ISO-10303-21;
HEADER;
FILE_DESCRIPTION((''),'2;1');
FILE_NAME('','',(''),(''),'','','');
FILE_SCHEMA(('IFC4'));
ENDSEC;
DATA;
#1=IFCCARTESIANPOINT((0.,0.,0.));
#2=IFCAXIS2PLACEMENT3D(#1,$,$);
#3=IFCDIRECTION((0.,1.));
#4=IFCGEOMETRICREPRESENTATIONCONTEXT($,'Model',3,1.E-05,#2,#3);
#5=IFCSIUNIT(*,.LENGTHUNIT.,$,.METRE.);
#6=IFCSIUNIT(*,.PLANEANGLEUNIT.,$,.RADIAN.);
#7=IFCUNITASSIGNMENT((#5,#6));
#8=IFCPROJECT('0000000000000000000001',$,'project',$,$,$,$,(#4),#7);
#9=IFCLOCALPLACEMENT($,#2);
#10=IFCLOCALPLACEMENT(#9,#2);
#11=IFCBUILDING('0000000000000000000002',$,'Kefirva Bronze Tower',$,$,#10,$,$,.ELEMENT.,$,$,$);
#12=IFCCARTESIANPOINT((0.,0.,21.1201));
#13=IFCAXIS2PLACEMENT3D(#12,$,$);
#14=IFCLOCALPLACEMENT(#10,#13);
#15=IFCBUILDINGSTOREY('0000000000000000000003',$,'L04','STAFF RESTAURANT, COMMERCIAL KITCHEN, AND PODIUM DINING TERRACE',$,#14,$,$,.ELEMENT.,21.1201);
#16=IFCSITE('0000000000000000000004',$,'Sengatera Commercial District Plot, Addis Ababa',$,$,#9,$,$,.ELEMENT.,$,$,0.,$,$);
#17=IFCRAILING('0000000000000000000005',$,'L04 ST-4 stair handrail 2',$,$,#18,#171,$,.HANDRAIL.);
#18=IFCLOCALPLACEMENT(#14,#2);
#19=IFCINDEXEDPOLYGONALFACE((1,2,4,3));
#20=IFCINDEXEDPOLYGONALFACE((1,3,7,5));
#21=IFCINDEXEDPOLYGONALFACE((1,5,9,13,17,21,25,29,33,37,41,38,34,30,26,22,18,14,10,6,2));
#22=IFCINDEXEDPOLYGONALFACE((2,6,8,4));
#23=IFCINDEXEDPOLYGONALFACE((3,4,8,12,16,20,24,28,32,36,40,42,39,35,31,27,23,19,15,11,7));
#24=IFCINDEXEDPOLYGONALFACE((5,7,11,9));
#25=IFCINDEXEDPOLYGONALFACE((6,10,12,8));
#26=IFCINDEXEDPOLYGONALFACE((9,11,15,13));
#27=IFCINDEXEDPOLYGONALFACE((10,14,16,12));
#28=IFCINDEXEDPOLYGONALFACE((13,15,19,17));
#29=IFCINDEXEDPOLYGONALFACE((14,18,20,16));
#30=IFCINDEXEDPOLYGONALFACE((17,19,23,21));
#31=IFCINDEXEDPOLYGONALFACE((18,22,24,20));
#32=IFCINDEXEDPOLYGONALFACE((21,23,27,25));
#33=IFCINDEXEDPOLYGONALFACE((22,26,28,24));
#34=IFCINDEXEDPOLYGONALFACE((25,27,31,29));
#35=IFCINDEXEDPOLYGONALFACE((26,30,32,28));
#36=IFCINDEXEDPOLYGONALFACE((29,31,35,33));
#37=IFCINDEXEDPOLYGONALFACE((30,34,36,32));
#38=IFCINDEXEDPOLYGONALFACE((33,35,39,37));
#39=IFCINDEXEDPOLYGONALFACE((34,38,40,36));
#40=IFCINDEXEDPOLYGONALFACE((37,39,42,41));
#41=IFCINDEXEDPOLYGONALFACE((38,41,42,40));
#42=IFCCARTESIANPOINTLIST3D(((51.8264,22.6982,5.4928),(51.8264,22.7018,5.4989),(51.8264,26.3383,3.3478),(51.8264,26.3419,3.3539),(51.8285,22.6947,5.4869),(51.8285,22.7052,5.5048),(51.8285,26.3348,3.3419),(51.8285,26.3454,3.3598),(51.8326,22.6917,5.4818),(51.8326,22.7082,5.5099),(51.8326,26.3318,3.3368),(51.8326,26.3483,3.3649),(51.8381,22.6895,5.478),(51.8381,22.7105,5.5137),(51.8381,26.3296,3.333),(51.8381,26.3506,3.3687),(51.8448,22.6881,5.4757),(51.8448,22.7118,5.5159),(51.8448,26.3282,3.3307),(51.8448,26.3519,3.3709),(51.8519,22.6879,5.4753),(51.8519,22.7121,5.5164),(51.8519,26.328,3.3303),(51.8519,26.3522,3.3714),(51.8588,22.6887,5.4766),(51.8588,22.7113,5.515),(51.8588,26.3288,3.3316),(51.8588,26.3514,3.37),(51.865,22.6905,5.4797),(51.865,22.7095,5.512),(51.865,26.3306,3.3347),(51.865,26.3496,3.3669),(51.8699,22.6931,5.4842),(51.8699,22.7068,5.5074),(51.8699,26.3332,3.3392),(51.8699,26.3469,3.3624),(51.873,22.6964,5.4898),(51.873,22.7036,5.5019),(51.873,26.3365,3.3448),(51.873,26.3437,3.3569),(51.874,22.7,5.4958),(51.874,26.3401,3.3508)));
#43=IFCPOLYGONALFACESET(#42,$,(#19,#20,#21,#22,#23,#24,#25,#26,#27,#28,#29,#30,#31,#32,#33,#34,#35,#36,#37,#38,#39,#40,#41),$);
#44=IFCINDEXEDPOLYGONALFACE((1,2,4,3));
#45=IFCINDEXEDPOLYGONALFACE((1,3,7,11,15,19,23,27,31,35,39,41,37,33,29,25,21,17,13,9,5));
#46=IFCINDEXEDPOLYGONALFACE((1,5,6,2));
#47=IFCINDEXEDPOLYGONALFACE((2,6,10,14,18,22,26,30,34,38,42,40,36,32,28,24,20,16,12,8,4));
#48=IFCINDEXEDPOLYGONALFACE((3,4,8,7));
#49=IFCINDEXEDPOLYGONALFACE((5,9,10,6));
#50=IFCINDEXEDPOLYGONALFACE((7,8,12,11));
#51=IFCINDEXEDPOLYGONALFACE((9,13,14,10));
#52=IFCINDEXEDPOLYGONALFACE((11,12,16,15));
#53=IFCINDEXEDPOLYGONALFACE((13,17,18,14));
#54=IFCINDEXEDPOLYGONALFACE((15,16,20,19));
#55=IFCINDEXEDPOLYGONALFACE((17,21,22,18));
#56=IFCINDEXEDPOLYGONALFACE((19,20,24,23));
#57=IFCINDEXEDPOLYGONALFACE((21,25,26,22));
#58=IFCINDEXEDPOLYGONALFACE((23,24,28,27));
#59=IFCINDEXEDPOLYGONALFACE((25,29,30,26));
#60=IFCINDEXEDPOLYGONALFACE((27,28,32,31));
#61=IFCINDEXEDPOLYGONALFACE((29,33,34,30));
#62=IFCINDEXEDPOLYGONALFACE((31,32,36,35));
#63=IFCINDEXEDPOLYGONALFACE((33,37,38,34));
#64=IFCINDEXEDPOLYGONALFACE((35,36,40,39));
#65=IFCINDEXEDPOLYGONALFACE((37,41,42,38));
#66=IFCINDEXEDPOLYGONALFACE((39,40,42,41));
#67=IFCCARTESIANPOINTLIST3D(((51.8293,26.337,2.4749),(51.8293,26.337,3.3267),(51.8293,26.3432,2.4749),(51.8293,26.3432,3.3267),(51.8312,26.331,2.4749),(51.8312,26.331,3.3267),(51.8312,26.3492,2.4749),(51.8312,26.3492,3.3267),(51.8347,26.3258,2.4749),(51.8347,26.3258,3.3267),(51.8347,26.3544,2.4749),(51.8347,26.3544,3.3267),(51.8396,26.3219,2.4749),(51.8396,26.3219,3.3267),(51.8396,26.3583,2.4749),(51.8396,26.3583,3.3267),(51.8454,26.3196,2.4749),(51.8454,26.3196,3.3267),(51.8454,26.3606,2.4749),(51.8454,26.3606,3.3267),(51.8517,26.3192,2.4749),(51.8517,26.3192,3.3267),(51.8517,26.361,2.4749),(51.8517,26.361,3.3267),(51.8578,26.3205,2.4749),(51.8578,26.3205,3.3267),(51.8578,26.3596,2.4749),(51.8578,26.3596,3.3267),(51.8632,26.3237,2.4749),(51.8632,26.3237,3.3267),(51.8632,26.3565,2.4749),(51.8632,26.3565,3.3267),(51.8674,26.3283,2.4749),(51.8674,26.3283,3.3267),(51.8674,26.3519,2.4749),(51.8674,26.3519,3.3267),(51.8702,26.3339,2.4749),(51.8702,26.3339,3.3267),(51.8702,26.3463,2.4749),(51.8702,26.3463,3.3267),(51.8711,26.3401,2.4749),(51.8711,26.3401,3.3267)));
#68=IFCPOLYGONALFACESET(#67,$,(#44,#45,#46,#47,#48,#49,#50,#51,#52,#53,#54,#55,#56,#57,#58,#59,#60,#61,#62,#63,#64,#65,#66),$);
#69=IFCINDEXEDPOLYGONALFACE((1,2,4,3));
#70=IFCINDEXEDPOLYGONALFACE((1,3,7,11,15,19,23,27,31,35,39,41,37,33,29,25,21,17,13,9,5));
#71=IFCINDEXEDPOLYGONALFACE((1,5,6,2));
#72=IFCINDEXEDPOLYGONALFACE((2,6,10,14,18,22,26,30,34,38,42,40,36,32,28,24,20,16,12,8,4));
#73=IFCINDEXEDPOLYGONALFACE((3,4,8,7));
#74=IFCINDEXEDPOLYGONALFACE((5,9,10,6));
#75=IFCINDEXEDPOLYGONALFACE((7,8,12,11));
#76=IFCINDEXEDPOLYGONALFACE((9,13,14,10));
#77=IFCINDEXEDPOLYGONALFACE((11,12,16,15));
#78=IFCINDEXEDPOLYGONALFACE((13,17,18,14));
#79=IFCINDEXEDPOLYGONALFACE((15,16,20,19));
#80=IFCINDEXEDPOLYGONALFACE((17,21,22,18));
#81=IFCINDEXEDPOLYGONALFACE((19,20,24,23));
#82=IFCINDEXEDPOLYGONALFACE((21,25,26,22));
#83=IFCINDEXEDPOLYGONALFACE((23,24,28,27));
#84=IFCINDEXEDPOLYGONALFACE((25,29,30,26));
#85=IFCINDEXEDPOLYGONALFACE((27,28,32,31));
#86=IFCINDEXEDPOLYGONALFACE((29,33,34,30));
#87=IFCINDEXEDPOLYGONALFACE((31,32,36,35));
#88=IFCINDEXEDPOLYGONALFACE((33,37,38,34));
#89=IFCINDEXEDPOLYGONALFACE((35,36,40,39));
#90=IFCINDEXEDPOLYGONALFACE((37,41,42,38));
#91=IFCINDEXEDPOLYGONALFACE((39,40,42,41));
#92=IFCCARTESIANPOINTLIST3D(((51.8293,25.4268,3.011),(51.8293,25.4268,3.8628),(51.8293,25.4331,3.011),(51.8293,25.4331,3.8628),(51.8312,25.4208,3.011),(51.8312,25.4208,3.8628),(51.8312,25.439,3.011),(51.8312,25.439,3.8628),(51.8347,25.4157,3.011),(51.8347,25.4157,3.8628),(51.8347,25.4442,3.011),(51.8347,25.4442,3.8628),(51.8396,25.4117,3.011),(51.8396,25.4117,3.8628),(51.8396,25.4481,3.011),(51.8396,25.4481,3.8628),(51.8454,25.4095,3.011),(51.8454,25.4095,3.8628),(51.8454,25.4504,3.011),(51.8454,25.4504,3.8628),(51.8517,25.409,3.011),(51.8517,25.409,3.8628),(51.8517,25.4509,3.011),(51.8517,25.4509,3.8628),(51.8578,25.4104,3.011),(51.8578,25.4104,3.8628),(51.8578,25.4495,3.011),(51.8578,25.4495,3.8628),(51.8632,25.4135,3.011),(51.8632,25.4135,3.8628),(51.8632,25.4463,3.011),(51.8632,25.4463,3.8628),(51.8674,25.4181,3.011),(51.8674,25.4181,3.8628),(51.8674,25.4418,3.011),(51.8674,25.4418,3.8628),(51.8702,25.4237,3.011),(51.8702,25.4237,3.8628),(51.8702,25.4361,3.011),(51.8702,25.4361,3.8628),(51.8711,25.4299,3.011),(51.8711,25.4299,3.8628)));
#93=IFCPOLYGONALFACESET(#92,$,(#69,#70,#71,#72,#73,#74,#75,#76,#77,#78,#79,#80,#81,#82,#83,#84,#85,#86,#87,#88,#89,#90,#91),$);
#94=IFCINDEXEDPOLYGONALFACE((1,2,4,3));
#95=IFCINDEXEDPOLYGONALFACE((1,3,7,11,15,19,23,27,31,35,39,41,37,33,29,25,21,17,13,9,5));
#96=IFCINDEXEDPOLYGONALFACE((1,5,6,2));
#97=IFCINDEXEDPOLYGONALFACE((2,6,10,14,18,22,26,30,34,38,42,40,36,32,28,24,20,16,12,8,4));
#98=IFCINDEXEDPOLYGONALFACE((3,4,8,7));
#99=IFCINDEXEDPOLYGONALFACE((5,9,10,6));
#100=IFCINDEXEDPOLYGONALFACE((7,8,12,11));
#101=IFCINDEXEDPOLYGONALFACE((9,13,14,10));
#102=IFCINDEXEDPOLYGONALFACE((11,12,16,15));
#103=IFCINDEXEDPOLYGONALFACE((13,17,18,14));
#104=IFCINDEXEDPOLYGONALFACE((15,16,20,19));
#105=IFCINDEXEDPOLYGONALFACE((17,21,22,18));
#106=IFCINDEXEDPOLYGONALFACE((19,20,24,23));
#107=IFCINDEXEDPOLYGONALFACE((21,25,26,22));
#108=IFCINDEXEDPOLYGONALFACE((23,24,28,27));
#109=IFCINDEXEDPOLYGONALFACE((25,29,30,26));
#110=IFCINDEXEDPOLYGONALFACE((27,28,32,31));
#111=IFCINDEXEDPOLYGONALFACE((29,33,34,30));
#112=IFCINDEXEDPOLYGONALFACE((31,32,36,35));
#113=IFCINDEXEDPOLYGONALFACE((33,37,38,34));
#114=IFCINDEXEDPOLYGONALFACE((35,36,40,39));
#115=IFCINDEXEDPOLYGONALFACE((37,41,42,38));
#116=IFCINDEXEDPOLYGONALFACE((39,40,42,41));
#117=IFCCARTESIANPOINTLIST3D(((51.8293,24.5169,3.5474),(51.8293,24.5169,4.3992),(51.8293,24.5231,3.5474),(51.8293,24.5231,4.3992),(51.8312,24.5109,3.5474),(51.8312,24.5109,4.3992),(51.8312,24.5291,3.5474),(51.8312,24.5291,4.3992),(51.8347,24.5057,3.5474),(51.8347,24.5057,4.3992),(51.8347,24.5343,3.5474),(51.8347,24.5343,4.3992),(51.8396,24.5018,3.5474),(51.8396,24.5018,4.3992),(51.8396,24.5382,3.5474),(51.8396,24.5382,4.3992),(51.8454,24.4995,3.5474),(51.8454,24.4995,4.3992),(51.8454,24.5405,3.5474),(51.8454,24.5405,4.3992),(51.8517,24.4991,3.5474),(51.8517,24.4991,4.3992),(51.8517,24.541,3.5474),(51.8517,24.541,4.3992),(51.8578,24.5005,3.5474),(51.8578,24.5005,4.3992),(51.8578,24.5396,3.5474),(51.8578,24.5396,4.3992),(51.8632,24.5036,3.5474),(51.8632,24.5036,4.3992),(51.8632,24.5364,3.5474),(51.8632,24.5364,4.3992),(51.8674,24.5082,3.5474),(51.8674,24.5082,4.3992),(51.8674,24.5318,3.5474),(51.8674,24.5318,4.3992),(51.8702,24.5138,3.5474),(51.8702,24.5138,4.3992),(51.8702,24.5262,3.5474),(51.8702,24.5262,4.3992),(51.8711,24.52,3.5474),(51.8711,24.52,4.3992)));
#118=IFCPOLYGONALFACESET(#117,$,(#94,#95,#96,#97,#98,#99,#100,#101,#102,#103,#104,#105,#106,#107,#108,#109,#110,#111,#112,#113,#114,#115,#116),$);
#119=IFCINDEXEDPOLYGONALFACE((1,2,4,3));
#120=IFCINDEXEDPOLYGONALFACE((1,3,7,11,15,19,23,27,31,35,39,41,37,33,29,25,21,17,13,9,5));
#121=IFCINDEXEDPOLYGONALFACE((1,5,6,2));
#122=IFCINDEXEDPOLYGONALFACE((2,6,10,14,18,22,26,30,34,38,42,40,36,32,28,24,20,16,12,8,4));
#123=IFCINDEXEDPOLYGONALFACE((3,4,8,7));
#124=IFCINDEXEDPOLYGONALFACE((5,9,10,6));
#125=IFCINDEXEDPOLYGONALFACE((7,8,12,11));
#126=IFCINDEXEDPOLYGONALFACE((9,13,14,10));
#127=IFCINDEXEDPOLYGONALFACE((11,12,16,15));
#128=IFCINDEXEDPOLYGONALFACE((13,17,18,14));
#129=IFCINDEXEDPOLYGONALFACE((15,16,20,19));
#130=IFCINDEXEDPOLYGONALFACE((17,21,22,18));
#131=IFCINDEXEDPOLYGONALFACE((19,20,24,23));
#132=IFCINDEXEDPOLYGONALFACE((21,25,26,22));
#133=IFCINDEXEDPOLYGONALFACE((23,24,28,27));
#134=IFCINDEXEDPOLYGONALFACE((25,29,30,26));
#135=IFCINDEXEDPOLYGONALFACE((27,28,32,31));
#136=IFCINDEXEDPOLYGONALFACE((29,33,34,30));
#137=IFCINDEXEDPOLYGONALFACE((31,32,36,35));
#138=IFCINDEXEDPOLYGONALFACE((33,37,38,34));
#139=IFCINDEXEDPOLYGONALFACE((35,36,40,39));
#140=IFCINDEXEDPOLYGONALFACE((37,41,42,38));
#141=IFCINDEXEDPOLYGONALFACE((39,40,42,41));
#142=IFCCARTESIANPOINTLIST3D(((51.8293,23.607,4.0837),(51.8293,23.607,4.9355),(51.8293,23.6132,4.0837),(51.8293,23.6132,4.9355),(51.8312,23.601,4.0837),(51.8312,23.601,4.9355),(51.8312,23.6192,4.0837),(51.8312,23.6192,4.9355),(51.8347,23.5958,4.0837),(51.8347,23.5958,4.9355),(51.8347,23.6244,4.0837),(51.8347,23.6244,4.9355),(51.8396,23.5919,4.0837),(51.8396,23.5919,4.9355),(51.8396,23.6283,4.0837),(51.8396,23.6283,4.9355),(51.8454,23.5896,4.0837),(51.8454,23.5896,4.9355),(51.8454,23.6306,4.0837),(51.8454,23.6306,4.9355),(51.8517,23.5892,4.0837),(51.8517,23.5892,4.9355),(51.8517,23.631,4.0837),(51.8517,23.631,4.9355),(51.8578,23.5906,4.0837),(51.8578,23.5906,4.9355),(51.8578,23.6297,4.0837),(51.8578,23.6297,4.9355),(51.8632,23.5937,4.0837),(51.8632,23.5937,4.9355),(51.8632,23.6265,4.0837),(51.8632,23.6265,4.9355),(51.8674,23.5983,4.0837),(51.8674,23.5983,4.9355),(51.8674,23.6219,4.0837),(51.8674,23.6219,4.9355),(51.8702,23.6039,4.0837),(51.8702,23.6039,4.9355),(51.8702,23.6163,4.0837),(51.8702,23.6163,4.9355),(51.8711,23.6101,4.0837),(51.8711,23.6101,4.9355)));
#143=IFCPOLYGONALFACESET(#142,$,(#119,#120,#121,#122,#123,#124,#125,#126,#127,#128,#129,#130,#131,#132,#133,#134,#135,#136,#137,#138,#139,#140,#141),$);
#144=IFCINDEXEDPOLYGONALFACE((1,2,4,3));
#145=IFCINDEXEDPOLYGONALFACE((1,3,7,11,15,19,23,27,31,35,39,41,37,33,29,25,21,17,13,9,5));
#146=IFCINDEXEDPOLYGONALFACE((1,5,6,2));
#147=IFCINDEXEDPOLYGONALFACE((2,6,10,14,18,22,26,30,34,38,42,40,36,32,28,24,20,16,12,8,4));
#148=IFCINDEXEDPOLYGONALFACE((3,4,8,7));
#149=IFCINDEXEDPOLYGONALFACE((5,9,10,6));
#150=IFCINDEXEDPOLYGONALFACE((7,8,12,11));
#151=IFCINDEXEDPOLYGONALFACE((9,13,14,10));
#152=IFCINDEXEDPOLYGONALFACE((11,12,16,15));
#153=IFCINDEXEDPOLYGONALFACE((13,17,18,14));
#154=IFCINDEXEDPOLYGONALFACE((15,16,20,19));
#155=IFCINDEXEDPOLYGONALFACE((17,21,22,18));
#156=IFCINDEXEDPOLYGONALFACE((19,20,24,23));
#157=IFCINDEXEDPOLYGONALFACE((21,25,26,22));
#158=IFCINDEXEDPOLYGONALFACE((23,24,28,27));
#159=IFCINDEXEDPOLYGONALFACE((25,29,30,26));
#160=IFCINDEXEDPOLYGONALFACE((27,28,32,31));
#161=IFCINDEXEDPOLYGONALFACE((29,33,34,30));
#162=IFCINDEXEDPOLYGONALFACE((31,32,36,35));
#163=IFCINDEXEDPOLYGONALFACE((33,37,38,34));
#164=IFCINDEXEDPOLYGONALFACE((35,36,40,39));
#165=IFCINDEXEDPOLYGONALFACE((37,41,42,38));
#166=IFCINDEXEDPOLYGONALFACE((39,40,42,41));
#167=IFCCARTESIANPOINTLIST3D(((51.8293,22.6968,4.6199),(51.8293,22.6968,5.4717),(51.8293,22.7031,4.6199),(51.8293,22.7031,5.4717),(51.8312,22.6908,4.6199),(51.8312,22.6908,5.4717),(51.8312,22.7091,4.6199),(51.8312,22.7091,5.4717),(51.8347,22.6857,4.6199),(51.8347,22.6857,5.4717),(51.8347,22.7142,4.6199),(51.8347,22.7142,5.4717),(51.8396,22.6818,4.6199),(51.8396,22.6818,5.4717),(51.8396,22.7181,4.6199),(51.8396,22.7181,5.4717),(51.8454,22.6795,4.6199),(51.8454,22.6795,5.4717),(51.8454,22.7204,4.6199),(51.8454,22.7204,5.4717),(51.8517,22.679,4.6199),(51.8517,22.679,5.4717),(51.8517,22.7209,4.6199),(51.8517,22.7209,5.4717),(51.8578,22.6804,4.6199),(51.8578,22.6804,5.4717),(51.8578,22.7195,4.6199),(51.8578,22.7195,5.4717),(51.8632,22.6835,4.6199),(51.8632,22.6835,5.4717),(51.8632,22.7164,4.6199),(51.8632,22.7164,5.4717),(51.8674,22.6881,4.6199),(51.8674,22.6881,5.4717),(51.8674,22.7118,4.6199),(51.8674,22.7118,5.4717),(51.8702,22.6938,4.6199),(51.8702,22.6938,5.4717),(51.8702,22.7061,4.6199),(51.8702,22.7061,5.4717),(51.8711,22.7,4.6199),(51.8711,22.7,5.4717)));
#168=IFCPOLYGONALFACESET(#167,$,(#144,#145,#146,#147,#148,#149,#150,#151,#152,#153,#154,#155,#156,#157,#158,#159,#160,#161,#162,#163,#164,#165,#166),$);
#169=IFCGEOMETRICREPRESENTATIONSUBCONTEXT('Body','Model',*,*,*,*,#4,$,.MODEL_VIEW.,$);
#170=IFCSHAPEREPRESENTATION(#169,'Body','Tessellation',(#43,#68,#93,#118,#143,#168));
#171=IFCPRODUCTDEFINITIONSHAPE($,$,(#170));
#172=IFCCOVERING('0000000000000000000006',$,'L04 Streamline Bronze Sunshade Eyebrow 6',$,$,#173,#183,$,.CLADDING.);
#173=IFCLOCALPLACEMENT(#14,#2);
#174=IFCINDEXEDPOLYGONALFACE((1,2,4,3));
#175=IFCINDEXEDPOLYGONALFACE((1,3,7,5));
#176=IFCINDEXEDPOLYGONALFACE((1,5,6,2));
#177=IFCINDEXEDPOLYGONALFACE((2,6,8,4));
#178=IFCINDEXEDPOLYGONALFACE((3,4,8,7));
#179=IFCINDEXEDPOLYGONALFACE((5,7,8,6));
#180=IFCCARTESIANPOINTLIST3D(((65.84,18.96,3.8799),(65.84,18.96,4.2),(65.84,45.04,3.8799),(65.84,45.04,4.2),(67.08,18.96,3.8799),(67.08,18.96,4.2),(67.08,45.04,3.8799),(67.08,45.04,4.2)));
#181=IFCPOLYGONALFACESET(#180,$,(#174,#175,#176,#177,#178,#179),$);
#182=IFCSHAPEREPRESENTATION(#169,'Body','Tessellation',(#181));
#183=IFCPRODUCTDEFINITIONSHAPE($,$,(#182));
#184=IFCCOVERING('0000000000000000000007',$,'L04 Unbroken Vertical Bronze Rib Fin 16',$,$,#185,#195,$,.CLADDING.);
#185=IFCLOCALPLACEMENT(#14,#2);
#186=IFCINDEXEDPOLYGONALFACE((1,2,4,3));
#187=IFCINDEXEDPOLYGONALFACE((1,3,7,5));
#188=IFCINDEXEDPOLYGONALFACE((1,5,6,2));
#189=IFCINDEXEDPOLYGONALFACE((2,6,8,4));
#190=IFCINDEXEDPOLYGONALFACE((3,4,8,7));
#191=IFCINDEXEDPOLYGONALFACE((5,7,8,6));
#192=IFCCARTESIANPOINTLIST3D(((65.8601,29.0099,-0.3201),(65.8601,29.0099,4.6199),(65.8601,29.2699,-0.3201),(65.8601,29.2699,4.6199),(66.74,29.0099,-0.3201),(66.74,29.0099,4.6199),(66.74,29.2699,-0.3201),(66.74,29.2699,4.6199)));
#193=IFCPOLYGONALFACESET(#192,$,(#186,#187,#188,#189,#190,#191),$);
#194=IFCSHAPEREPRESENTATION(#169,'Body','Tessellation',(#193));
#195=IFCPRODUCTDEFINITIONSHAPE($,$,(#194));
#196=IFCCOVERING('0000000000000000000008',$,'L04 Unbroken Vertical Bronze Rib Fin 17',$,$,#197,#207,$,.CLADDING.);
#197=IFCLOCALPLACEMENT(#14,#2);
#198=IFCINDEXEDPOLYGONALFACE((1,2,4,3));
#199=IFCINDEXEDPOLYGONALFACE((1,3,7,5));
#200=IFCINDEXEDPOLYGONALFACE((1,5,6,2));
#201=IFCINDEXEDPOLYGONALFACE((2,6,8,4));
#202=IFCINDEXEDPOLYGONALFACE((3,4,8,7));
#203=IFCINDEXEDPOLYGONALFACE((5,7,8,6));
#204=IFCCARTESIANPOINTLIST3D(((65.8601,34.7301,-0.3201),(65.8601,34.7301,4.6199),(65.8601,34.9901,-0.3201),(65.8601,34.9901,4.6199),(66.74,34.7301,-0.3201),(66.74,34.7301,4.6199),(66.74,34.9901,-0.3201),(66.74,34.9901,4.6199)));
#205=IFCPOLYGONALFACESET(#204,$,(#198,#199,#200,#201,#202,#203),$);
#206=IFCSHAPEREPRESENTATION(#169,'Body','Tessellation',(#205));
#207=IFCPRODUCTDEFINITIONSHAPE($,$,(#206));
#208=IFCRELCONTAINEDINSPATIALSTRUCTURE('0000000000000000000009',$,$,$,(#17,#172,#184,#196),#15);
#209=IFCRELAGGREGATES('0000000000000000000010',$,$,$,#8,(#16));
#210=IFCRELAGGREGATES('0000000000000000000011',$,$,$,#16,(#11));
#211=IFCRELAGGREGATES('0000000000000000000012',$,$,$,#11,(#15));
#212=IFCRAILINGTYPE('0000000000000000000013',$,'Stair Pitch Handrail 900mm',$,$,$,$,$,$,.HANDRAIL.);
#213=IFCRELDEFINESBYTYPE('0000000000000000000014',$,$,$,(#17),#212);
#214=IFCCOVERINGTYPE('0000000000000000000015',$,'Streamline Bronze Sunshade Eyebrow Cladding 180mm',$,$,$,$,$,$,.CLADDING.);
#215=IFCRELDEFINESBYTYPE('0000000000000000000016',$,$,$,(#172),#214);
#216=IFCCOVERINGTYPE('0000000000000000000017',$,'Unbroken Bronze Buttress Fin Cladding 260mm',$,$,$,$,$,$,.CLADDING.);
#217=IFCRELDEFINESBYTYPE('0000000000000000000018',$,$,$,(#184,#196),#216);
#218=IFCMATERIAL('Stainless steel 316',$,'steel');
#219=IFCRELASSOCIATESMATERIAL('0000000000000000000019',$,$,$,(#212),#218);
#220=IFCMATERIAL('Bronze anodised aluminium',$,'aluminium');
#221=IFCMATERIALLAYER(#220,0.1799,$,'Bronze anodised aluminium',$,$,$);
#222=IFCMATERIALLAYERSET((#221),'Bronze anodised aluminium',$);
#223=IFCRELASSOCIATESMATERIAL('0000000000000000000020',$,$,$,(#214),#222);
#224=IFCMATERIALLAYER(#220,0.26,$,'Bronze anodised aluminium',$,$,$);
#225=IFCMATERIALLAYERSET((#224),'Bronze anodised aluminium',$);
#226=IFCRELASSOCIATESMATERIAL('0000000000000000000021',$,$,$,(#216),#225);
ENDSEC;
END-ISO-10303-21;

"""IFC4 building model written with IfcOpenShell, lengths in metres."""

from ifc_helpers import new_model, si_unit, direction, frame, origin, origin_2d, place, context, subcontext, project, spatial, rectangle, circle, extrude, material, layer, layer_set, type_object, element, save


model = new_model("IFC4")

# Units and contexts
model_context = context("Model", 3, precision=1e-05, world=origin(), true_north=direction((0.0, 1.0)))
body_context = subcontext(model_context, "Body", "Model", "MODEL_VIEW")
ifc_project = project(units=[si_unit("LENGTHUNIT", "METRE"), si_unit("PLANEANGLEUNIT", "RADIAN")], contexts=[model_context])

# Site, building, storey
site_placement = place(None, origin())
site = spatial("IfcSite", under=ifc_project, at=site_placement, Name="Sengatera Commercial District Plot, Addis Ababa", CompositionType="ELEMENT", RefElevation=0.0)
building_placement = place(site_placement, origin())
building = spatial("IfcBuilding", under=site, at=building_placement, Name="Kefirva Bronze Tower", CompositionType="ELEMENT")
storey_placement = place(building_placement, frame((0.0, 0.0, 21.1201)))
storey = spatial("IfcBuildingStorey", under=building, at=storey_placement, Name="L04", Description="STAFF RESTAURANT, COMMERCIAL KITCHEN, AND PODIUM DINING TERRACE", CompositionType="ELEMENT", Elevation=21.1201)

# Shared definitions
ifc_material_1 = material(Name="Bronze anodised aluminium", Category="aluminium")

# Shared definitions
ifc_material_2 = material(Name="Stainless steel 316", Category="steel")

# Railing
railing_type_1 = type_object("IfcRailingType", Name="Stair Pitch Handrail 900mm", PredefinedType="HANDRAIL", material=ifc_material_2)
railing_1_placement = place(storey_placement, frame((51.8501, 26.3401, 2.4749)))
element("IfcRailing", 1, at=railing_1_placement, inside=storey, type_object=railing_type_1, Name="L04 ST-4 stair handrail 2", PredefinedType="HANDRAIL", context=body_context, shape_type="SweptSolid", body=[
    extrude(circle(Radius=0.0239, at=origin_2d()), frame((0.0, 0.0, 0.876), z_axis=(0.0, -0.861545, 0.507682), x_axis=(1.0, 0.0, 0.0)), (0.0, 0.0, 1.0), 4.2251),
    extrude(circle(Radius=0.021, at=origin_2d()), origin(), (0.0, 0.0, 1.0), 0.8518),
    extrude(circle(Radius=0.021, at=origin_2d()), frame((0.0, -0.9102, 0.5361)), (0.0, 0.0, 1.0), 0.8518),
    extrude(circle(Radius=0.021, at=origin_2d()), frame((0.0, -1.8201, 1.0725)), (0.0, 0.0, 1.0), 0.8518),
    extrude(circle(Radius=0.021, at=origin_2d()), frame((0.0, -2.73, 1.6089)), (0.0, 0.0, 1.0), 0.8518),
    extrude(circle(Radius=0.021, at=origin_2d()), frame((0.0, -3.6401, 2.145)), (0.0, 0.0, 1.0), 0.8518),
])

# Coverings
ifc_layer_1 = layer(ifc_material_1, 0.1799, Name="Bronze anodised aluminium")
ifc_layer_set_1 = layer_set([ifc_layer_1], Name="Bronze anodised aluminium")
covering_type_1 = type_object("IfcCoveringType", Name="Streamline Bronze Sunshade Eyebrow Cladding 180mm", PredefinedType="CLADDING", material=ifc_layer_set_1)
covering_1_placement = place(storey_placement, frame((66.46, 32.0, 3.8799), z_axis=(0.0, 0.0, 1.0), x_axis=(0.0, 1.0, 0.0)))
element("IfcCovering", 2, at=covering_1_placement, inside=storey, type_object=covering_type_1, Name="L04 Streamline Bronze Sunshade Eyebrow 6", PredefinedType="CLADDING", context=body_context, shape_type="SweptSolid", body=[
    extrude(rectangle(XDim=26.0801, YDim=1.24, at=origin_2d()), origin(), (0.0, 0.0, 1.0), 0.3201),
])
ifc_layer_2 = layer(ifc_material_1, 0.26, Name="Bronze anodised aluminium")
ifc_layer_set_2 = layer_set([ifc_layer_2], Name="Bronze anodised aluminium")
covering_type_2 = type_object("IfcCoveringType", Name="Unbroken Bronze Buttress Fin Cladding 260mm", PredefinedType="CLADDING", material=ifc_layer_set_2)
for number, where, z_axis, x_axis, name in (
    (3, (66.3, 29.1399, -0.3201), (0.0, 0.0, 1.0), (0.0, 1.0, 0.0), "L04 Unbroken Vertical Bronze Rib Fin 16"),
    (4, (66.3, 34.8601, -0.3201), (0.0, 0.0, 1.0), (0.0, 1.0, 0.0), "L04 Unbroken Vertical Bronze Rib Fin 17"),
):
    element("IfcCovering", number, at=place(storey_placement, frame(where, z_axis=z_axis, x_axis=x_axis)), inside=storey, type_object=covering_type_2, Name=name, PredefinedType="CLADDING", context=body_context, shape_type="SweptSolid", body=[
        extrude(rectangle(XDim=0.26, YDim=0.8799, at=origin_2d()), origin(), (0.0, 0.0, 1.0), 4.9399),
    ])

save(model, "model.ifc")
